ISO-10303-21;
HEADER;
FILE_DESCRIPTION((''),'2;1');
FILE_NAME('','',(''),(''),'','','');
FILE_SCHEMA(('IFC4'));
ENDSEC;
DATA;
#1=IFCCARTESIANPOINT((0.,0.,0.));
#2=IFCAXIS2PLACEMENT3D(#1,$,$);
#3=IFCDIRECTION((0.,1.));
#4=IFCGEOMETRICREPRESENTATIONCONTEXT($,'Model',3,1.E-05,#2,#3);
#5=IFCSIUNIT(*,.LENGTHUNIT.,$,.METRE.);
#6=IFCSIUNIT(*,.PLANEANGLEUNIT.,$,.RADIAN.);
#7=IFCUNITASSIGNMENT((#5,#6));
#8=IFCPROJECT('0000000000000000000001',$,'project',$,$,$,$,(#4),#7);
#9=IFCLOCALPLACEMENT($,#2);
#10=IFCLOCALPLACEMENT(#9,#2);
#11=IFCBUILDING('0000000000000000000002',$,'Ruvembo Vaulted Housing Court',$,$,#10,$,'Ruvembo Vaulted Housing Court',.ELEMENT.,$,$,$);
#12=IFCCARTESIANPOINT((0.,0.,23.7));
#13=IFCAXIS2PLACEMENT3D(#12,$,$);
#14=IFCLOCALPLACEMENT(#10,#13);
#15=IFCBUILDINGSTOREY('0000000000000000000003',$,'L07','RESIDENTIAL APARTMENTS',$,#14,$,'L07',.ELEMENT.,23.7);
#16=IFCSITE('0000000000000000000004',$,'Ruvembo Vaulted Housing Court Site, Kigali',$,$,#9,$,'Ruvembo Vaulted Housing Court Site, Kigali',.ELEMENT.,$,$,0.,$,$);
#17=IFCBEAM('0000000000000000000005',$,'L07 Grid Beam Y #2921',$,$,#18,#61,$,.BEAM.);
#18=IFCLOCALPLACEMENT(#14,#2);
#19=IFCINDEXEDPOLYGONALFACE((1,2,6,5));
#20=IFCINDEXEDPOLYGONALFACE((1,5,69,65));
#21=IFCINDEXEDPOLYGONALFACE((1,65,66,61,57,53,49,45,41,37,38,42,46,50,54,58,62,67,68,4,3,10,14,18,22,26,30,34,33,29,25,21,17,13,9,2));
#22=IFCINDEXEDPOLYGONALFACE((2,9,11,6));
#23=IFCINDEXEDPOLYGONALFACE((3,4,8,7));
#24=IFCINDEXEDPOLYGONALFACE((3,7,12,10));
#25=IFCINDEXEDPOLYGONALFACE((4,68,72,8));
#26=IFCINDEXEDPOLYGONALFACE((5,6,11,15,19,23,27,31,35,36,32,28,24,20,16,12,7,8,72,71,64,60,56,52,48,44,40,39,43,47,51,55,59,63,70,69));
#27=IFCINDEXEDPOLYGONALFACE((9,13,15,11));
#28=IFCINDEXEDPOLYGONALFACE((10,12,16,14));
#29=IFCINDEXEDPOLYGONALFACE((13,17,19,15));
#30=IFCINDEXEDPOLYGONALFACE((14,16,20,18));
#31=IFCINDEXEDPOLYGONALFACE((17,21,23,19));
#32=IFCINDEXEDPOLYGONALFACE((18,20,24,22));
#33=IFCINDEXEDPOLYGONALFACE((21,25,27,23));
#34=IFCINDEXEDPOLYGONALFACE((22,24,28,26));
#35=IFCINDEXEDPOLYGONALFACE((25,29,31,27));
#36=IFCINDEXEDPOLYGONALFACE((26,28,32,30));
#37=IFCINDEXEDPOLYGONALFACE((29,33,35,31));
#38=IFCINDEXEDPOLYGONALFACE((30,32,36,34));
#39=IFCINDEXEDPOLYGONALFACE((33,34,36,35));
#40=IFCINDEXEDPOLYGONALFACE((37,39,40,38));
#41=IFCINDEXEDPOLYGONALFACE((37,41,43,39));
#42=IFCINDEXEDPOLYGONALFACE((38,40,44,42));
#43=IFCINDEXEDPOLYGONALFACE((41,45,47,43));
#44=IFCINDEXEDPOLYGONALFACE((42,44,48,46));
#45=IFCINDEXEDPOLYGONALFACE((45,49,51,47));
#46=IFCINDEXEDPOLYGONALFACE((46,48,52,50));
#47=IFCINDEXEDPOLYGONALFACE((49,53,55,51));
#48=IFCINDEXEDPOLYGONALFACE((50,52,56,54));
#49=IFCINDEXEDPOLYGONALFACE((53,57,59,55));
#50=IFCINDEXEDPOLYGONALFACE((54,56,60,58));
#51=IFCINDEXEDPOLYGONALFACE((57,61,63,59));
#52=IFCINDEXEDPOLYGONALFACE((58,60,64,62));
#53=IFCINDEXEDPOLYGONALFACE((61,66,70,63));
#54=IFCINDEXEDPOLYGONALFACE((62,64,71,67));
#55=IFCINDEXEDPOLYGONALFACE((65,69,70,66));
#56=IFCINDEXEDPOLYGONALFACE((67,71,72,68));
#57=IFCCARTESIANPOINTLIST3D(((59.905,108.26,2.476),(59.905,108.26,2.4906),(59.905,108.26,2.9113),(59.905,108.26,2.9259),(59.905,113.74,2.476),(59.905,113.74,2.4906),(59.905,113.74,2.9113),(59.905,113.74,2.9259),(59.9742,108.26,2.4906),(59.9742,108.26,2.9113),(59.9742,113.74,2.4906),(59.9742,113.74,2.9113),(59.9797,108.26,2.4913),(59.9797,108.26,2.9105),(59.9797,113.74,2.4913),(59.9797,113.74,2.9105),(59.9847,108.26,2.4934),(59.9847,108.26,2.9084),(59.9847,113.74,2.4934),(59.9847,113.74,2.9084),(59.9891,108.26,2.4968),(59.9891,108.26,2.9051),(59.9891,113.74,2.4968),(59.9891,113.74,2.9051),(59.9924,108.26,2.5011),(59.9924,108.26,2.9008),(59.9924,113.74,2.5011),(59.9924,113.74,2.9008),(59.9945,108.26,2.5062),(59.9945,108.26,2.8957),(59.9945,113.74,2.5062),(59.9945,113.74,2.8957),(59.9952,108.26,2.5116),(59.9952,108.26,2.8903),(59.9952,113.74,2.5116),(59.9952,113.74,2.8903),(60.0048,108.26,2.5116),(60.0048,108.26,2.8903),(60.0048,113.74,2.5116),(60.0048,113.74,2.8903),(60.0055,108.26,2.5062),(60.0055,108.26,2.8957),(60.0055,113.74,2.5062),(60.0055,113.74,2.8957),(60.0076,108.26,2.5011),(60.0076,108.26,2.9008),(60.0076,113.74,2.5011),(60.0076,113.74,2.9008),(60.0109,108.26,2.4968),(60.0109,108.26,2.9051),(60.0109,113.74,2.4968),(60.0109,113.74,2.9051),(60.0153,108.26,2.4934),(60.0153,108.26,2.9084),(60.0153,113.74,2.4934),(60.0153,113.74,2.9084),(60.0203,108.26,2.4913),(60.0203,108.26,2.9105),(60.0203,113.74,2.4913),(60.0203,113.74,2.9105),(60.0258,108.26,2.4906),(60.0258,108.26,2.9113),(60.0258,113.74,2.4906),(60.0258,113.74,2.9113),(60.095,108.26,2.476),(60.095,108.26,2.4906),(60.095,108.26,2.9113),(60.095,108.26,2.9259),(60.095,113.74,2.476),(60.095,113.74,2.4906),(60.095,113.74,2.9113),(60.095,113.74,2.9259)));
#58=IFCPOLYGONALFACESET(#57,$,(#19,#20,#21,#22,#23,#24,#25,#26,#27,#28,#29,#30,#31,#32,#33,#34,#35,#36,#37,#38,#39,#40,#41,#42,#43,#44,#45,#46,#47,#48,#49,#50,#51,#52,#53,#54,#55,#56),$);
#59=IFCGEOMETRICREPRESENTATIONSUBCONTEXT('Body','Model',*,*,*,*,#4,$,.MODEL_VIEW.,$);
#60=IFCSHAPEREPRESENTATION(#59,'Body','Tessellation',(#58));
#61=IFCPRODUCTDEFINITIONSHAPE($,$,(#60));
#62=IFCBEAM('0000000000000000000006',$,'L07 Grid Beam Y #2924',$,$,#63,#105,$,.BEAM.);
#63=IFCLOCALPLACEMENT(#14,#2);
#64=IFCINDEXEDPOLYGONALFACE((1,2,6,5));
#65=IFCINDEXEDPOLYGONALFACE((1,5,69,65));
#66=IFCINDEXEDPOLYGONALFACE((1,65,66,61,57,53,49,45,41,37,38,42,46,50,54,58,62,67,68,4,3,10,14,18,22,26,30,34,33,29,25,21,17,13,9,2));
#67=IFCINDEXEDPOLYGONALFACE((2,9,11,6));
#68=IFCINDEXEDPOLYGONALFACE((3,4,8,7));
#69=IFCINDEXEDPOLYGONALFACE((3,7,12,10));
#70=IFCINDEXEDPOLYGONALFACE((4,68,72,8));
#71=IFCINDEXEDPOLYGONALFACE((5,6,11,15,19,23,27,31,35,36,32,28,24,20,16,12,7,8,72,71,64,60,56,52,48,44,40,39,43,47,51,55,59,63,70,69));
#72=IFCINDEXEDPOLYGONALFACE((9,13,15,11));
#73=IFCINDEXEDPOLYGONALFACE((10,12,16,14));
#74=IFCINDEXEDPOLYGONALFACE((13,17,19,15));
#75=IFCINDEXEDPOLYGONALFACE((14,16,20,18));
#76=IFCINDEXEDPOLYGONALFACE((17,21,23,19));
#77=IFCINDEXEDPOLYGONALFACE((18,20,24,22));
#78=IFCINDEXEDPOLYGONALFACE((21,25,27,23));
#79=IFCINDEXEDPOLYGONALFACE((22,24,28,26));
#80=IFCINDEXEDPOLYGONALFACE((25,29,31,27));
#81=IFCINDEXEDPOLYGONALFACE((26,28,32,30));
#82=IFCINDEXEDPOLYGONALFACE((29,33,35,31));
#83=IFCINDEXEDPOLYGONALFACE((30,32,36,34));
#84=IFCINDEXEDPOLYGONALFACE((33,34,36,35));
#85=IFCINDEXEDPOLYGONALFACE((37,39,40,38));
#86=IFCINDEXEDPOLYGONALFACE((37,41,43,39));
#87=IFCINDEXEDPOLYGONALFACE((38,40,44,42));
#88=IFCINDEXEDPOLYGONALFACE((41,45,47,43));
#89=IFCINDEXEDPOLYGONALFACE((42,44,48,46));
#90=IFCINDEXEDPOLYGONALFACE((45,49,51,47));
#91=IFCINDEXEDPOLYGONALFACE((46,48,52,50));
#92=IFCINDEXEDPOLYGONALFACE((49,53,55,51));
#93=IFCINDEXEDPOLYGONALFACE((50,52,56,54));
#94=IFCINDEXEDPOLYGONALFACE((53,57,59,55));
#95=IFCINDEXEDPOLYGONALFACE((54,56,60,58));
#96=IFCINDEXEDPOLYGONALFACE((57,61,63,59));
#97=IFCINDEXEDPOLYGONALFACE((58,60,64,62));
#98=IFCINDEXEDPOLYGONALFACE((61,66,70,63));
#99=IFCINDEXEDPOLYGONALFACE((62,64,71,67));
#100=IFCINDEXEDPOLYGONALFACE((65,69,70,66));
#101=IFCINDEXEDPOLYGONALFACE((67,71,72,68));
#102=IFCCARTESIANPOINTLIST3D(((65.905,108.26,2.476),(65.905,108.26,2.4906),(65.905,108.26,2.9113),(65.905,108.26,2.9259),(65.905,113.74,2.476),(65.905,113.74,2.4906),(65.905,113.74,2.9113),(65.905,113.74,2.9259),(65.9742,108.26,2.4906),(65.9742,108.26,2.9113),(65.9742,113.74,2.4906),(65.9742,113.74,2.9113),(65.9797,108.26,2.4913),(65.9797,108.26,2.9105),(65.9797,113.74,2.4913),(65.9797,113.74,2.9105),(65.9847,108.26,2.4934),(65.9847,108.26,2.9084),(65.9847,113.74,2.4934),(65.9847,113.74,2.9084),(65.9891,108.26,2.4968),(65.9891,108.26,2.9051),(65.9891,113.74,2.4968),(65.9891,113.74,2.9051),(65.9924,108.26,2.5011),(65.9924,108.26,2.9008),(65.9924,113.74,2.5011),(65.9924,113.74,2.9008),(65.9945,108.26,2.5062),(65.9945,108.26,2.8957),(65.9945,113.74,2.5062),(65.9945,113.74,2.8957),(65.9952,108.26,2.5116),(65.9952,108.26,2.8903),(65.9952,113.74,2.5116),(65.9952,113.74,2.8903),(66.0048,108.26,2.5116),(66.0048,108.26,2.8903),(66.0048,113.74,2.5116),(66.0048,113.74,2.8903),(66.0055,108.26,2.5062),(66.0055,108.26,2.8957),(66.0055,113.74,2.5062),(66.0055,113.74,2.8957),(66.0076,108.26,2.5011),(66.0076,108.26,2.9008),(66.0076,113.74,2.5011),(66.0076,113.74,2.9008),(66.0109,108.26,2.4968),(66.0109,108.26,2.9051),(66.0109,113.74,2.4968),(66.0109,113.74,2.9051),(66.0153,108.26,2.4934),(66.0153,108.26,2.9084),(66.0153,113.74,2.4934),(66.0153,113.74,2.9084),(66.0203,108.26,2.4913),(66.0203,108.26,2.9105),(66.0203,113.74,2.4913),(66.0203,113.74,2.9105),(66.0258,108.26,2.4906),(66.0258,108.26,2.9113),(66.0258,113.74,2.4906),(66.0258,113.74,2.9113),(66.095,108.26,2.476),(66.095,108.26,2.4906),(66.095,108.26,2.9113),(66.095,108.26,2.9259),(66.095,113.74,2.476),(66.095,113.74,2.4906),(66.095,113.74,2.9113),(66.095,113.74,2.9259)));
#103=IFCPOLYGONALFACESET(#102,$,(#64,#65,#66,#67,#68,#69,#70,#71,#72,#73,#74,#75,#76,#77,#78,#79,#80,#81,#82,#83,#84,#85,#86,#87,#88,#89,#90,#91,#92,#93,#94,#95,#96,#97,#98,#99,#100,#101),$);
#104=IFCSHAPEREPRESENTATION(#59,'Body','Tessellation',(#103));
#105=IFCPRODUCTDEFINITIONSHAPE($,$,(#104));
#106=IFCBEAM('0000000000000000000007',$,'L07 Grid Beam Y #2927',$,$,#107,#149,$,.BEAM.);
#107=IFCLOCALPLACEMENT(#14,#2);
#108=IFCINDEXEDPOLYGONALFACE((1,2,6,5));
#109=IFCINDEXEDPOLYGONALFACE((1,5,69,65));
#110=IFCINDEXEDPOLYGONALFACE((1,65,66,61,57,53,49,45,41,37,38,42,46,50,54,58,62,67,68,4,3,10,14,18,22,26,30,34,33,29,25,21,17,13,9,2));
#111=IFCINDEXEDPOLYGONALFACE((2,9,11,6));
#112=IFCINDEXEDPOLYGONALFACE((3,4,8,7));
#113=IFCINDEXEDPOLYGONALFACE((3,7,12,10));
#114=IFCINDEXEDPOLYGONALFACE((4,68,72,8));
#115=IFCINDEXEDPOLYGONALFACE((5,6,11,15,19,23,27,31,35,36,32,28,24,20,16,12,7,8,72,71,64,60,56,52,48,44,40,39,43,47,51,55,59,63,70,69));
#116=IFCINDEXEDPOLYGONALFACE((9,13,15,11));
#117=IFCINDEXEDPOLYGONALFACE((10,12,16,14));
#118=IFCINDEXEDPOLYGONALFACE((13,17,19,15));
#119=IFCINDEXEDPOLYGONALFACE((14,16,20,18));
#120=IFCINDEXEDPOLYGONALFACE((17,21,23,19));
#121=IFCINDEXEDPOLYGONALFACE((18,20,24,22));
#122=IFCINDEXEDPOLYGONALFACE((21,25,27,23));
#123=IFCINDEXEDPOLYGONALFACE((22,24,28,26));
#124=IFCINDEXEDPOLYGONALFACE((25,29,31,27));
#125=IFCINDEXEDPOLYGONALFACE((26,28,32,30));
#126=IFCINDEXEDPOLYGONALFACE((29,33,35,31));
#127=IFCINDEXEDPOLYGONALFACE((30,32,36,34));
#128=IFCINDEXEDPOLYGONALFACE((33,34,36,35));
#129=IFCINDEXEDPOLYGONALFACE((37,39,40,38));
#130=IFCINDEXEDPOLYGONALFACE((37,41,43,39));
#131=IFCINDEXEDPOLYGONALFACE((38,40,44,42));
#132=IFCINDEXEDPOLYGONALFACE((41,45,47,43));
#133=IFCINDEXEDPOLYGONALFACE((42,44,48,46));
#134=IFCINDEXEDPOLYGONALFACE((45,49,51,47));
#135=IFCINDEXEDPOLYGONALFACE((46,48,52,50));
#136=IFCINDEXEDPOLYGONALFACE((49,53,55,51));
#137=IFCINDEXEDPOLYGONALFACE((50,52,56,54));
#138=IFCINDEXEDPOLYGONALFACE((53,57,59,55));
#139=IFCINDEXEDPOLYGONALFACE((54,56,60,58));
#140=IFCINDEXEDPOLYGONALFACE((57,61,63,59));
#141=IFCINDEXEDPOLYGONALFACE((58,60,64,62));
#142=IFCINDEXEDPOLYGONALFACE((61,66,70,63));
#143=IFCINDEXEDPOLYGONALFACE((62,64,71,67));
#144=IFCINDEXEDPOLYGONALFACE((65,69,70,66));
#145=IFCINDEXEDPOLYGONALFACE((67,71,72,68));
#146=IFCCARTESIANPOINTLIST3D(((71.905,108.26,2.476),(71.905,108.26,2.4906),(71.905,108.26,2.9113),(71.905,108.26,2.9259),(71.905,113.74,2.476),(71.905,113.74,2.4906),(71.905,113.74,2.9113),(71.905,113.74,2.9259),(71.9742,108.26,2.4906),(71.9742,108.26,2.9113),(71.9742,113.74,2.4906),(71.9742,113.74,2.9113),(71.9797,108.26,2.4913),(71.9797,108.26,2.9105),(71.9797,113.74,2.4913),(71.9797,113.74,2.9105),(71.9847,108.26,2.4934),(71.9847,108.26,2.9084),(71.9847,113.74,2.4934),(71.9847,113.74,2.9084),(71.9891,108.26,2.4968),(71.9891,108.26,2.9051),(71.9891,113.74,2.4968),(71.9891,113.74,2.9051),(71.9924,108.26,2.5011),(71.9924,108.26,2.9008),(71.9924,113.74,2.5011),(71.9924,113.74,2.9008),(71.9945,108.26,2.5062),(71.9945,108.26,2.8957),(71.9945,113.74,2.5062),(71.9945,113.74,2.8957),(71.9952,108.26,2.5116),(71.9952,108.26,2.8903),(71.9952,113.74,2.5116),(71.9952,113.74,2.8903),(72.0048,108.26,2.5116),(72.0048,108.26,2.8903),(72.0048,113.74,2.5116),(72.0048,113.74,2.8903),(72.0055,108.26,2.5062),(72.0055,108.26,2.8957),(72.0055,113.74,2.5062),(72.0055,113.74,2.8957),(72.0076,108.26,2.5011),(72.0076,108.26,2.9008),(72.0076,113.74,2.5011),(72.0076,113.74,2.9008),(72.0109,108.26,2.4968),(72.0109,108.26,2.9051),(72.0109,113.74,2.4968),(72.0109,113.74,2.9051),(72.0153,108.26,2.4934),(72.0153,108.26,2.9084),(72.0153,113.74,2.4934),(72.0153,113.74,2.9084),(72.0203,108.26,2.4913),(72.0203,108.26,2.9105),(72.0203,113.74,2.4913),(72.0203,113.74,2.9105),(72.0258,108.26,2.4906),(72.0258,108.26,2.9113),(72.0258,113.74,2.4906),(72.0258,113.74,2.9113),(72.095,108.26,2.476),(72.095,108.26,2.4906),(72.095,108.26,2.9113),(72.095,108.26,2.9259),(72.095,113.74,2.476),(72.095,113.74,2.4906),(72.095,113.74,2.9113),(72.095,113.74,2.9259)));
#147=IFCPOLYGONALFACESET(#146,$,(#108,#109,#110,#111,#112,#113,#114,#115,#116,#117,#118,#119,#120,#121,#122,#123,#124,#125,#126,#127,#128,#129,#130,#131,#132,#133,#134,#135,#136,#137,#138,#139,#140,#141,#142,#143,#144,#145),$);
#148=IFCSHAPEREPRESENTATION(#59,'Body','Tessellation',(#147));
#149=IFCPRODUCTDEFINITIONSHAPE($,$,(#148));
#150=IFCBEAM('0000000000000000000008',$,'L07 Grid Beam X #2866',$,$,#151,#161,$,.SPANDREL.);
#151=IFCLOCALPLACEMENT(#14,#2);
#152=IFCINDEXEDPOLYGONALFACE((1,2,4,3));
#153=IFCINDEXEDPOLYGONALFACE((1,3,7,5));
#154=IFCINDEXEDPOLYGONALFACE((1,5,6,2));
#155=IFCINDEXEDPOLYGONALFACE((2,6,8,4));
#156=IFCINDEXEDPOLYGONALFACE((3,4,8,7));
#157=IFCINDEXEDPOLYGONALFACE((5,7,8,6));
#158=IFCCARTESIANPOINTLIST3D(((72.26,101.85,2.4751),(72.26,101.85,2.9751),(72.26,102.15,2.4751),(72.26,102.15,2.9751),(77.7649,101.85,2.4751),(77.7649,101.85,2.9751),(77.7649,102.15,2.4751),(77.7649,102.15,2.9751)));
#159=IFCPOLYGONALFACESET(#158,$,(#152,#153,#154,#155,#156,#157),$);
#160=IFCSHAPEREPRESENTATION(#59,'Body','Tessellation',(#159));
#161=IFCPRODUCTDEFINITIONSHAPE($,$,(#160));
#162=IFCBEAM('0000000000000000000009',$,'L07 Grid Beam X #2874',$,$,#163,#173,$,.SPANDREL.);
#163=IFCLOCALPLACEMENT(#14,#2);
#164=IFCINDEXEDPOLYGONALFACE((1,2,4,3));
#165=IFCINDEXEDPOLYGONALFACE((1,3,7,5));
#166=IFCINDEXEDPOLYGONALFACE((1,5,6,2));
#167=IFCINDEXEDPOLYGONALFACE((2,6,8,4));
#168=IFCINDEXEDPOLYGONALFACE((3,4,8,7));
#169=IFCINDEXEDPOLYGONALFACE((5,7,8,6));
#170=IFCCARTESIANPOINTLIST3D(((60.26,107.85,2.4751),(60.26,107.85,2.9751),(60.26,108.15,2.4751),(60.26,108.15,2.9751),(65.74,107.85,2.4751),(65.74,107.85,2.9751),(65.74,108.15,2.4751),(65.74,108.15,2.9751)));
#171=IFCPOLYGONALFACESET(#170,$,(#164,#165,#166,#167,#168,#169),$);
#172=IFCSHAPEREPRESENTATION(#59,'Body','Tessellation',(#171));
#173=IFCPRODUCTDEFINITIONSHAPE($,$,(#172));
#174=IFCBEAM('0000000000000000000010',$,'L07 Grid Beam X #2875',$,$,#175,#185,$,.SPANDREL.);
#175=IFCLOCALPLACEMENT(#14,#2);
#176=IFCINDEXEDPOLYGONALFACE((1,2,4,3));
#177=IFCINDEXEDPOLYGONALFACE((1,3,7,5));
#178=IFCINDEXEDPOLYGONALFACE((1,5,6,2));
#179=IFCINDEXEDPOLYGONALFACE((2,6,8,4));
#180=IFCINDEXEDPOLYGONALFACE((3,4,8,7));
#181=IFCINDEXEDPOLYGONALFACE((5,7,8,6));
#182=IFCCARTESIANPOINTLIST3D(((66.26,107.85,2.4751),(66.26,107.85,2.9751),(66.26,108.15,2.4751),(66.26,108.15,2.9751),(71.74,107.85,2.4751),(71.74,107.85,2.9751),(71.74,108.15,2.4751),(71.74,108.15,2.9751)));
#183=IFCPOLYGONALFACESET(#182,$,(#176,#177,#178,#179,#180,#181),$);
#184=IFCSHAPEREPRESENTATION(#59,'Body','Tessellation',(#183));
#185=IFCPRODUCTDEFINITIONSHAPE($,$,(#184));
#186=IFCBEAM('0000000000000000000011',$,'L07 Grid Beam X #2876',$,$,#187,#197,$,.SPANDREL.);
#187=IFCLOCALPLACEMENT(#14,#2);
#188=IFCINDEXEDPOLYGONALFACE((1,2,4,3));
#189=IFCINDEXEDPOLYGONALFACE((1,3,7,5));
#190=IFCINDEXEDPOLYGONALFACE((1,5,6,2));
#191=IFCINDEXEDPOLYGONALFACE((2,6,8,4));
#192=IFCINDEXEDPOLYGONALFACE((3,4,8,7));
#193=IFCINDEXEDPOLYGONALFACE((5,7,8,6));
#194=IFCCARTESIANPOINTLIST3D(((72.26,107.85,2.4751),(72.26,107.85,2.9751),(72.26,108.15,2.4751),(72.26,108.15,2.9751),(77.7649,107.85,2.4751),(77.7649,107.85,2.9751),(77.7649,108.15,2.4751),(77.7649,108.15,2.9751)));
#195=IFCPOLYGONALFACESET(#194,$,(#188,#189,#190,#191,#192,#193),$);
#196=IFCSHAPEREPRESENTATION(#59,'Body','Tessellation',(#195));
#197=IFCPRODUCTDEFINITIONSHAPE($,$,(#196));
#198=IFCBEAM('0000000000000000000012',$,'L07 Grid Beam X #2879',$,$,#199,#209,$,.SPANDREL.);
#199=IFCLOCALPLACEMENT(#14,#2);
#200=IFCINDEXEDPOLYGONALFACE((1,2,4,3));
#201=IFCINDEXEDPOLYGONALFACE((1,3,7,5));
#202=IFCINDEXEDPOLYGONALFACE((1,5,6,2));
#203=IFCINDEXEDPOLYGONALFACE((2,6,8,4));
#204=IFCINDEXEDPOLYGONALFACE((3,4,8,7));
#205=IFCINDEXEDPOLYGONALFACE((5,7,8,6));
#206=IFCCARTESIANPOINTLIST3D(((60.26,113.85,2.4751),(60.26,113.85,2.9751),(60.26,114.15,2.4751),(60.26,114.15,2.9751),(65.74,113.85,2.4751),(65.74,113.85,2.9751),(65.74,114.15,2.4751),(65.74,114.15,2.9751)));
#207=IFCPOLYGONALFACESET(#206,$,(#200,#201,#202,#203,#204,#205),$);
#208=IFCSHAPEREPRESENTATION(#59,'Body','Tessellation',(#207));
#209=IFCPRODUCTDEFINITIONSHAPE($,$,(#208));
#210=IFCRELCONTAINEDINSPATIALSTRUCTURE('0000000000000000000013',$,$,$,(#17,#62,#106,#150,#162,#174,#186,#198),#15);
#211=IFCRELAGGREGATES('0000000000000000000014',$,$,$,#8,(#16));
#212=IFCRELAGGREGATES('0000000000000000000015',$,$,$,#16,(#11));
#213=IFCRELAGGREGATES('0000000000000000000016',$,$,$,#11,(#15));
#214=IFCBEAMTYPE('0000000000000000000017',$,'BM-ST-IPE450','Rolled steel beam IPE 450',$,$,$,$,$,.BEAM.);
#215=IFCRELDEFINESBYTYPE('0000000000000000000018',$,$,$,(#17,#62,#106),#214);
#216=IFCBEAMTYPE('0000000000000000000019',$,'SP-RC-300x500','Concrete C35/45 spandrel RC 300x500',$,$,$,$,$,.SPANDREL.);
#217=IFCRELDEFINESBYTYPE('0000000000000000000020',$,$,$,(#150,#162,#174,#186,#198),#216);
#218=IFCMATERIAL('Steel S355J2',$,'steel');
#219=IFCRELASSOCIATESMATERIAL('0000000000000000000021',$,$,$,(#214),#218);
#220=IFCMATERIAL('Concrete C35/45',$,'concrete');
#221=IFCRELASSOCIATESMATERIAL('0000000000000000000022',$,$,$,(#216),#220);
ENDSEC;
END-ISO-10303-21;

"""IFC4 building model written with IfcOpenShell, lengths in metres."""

from ifc_helpers import new_model, si_unit, direction, frame, origin, origin_2d, place, context, subcontext, project, spatial, rectangle, i_section, extrude, material, material_profile, profile_set, type_object, element, save


model = new_model("IFC4")

# Units and contexts
model_context = context("Model", 3, precision=1e-05, world=origin(), true_north=direction((0.0, 1.0)))
body_context = subcontext(model_context, "Body", "Model", "MODEL_VIEW")
ifc_project = project(units=[si_unit("LENGTHUNIT", "METRE"), si_unit("PLANEANGLEUNIT", "RADIAN")], contexts=[model_context])

# Site, building, storey
site_placement = place(None, origin())
site = spatial("IfcSite", under=ifc_project, at=site_placement, Name="Ruvembo Vaulted Housing Court Site, Kigali", LongName="Ruvembo Vaulted Housing Court Site, Kigali", CompositionType="ELEMENT", RefElevation=0.0)
building_placement = place(site_placement, origin())
building = spatial("IfcBuilding", under=site, at=building_placement, Name="Ruvembo Vaulted Housing Court", LongName="Ruvembo Vaulted Housing Court", CompositionType="ELEMENT")
storey_placement = place(building_placement, frame((0.0, 0.0, 23.7)))
storey = spatial("IfcBuildingStorey", under=building, at=storey_placement, Name="L07", Description="RESIDENTIAL APARTMENTS", LongName="L07", CompositionType="ELEMENT", Elevation=23.7)

# Shared definitions
ifc_material_1 = material(Name="Concrete C35/45", Category="concrete")

# Beams
ifc_material_2 = material(Name="Steel S355J2", Category="steel")
ifc_material_profile_1 = material_profile(ifc_material_2, i_section(OverallWidth=0.1899, OverallDepth=0.45, WebThickness=0.0095, FlangeThickness=0.0146, FilletRadius=0.021, at=origin_2d()), Name="IPE 450")
ifc_profile_set_1 = profile_set([ifc_material_profile_1], Name="Steel S355J2")
beam_type_1 = type_object("IfcBeamType", Name="BM-ST-IPE450", Description="Rolled steel beam IPE 450", PredefinedType="BEAM", material=ifc_profile_set_1)
for number, where, z_axis, x_axis, name in (
    (1, (60.0, 108.26, 2.7009), (0.0, 1.0, 0.0), (-1.0, 0.0, 0.0), "L07 Grid Beam Y #2921"),
    (2, (66.0, 108.26, 2.7009), (0.0, 1.0, 0.0), (-1.0, 0.0, 0.0), "L07 Grid Beam Y #2924"),
    (3, (72.0, 108.26, 2.7009), (0.0, 1.0, 0.0), (-1.0, 0.0, 0.0), "L07 Grid Beam Y #2927"),
):
    element("IfcBeam", number, at=place(storey_placement, frame(where, z_axis=z_axis, x_axis=x_axis)), inside=storey, type_object=beam_type_1, Name=name, PredefinedType="BEAM", context=body_context, shape_type="SweptSolid", body=[
        extrude(i_section(OverallWidth=0.1899, OverallDepth=0.45, WebThickness=0.0095, FlangeThickness=0.0146, FilletRadius=0.021, at=origin_2d()), origin(), (0.0, 0.0, 1.0), 5.48),
    ])
ifc_material_profile_2 = material_profile(ifc_material_1, rectangle(XDim=0.3, YDim=0.5, at=origin_2d()), Name="RC 300x500")
ifc_profile_set_2 = profile_set([ifc_material_profile_2], Name="Concrete C35/45")
beam_type_2 = type_object("IfcBeamType", Name="SP-RC-300x500", Description="Concrete C35/45 spandrel RC 300x500", PredefinedType="SPANDREL", material=ifc_profile_set_2)
beam_1_placement = place(storey_placement, frame((72.26, 102.0, 2.7251), z_axis=(1.0, 0.0, 0.0), x_axis=(0.0, 1.0, 0.0)))
element("IfcBeam", 4, at=beam_1_placement, inside=storey, type_object=beam_type_2, Name="L07 Grid Beam X #2866", PredefinedType="SPANDREL", context=body_context, shape_type="SweptSolid", body=[
    extrude(rectangle(XDim=0.3, YDim=0.5, at=origin_2d()), origin(), (0.0, 0.0, 1.0), 5.5049),
])
for number, where, z_axis, x_axis, name in (
    (5, (60.26, 108.0, 2.7251), (1.0, 0.0, 0.0), (0.0, 1.0, 0.0), "L07 Grid Beam X #2874"),
    (6, (66.26, 108.0, 2.7251), (1.0, 0.0, 0.0), (0.0, 1.0, 0.0), "L07 Grid Beam X #2875"),
):
    element("IfcBeam", number, at=place(storey_placement, frame(where, z_axis=z_axis, x_axis=x_axis)), inside=storey, type_object=beam_type_2, Name=name, PredefinedType="SPANDREL", context=body_context, shape_type="SweptSolid", body=[
        extrude(rectangle(XDim=0.3, YDim=0.5, at=origin_2d()), origin(), (0.0, 0.0, 1.0), 5.48),
    ])
beam_2_placement = place(storey_placement, frame((72.26, 108.0, 2.7251), z_axis=(1.0, 0.0, 0.0), x_axis=(0.0, 1.0, 0.0)))
element("IfcBeam", 7, at=beam_2_placement, inside=storey, type_object=beam_type_2, Name="L07 Grid Beam X #2876", PredefinedType="SPANDREL", context=body_context, shape_type="SweptSolid", body=[
    extrude(rectangle(XDim=0.3, YDim=0.5, at=origin_2d()), origin(), (0.0, 0.0, 1.0), 5.5049),
])
for number, where, z_axis, x_axis, name in (
    (8, (60.26, 114.0, 2.7251), (1.0, 0.0, 0.0), (0.0, 1.0, 0.0), "L07 Grid Beam X #2879"),
):
    element("IfcBeam", number, at=place(storey_placement, frame(where, z_axis=z_axis, x_axis=x_axis)), inside=storey, type_object=beam_type_2, Name=name, PredefinedType="SPANDREL", context=body_context, shape_type="SweptSolid", body=[
        extrude(rectangle(XDim=0.3, YDim=0.5, at=origin_2d()), origin(), (0.0, 0.0, 1.0), 5.48),
    ])

save(model, "model.ifc")
